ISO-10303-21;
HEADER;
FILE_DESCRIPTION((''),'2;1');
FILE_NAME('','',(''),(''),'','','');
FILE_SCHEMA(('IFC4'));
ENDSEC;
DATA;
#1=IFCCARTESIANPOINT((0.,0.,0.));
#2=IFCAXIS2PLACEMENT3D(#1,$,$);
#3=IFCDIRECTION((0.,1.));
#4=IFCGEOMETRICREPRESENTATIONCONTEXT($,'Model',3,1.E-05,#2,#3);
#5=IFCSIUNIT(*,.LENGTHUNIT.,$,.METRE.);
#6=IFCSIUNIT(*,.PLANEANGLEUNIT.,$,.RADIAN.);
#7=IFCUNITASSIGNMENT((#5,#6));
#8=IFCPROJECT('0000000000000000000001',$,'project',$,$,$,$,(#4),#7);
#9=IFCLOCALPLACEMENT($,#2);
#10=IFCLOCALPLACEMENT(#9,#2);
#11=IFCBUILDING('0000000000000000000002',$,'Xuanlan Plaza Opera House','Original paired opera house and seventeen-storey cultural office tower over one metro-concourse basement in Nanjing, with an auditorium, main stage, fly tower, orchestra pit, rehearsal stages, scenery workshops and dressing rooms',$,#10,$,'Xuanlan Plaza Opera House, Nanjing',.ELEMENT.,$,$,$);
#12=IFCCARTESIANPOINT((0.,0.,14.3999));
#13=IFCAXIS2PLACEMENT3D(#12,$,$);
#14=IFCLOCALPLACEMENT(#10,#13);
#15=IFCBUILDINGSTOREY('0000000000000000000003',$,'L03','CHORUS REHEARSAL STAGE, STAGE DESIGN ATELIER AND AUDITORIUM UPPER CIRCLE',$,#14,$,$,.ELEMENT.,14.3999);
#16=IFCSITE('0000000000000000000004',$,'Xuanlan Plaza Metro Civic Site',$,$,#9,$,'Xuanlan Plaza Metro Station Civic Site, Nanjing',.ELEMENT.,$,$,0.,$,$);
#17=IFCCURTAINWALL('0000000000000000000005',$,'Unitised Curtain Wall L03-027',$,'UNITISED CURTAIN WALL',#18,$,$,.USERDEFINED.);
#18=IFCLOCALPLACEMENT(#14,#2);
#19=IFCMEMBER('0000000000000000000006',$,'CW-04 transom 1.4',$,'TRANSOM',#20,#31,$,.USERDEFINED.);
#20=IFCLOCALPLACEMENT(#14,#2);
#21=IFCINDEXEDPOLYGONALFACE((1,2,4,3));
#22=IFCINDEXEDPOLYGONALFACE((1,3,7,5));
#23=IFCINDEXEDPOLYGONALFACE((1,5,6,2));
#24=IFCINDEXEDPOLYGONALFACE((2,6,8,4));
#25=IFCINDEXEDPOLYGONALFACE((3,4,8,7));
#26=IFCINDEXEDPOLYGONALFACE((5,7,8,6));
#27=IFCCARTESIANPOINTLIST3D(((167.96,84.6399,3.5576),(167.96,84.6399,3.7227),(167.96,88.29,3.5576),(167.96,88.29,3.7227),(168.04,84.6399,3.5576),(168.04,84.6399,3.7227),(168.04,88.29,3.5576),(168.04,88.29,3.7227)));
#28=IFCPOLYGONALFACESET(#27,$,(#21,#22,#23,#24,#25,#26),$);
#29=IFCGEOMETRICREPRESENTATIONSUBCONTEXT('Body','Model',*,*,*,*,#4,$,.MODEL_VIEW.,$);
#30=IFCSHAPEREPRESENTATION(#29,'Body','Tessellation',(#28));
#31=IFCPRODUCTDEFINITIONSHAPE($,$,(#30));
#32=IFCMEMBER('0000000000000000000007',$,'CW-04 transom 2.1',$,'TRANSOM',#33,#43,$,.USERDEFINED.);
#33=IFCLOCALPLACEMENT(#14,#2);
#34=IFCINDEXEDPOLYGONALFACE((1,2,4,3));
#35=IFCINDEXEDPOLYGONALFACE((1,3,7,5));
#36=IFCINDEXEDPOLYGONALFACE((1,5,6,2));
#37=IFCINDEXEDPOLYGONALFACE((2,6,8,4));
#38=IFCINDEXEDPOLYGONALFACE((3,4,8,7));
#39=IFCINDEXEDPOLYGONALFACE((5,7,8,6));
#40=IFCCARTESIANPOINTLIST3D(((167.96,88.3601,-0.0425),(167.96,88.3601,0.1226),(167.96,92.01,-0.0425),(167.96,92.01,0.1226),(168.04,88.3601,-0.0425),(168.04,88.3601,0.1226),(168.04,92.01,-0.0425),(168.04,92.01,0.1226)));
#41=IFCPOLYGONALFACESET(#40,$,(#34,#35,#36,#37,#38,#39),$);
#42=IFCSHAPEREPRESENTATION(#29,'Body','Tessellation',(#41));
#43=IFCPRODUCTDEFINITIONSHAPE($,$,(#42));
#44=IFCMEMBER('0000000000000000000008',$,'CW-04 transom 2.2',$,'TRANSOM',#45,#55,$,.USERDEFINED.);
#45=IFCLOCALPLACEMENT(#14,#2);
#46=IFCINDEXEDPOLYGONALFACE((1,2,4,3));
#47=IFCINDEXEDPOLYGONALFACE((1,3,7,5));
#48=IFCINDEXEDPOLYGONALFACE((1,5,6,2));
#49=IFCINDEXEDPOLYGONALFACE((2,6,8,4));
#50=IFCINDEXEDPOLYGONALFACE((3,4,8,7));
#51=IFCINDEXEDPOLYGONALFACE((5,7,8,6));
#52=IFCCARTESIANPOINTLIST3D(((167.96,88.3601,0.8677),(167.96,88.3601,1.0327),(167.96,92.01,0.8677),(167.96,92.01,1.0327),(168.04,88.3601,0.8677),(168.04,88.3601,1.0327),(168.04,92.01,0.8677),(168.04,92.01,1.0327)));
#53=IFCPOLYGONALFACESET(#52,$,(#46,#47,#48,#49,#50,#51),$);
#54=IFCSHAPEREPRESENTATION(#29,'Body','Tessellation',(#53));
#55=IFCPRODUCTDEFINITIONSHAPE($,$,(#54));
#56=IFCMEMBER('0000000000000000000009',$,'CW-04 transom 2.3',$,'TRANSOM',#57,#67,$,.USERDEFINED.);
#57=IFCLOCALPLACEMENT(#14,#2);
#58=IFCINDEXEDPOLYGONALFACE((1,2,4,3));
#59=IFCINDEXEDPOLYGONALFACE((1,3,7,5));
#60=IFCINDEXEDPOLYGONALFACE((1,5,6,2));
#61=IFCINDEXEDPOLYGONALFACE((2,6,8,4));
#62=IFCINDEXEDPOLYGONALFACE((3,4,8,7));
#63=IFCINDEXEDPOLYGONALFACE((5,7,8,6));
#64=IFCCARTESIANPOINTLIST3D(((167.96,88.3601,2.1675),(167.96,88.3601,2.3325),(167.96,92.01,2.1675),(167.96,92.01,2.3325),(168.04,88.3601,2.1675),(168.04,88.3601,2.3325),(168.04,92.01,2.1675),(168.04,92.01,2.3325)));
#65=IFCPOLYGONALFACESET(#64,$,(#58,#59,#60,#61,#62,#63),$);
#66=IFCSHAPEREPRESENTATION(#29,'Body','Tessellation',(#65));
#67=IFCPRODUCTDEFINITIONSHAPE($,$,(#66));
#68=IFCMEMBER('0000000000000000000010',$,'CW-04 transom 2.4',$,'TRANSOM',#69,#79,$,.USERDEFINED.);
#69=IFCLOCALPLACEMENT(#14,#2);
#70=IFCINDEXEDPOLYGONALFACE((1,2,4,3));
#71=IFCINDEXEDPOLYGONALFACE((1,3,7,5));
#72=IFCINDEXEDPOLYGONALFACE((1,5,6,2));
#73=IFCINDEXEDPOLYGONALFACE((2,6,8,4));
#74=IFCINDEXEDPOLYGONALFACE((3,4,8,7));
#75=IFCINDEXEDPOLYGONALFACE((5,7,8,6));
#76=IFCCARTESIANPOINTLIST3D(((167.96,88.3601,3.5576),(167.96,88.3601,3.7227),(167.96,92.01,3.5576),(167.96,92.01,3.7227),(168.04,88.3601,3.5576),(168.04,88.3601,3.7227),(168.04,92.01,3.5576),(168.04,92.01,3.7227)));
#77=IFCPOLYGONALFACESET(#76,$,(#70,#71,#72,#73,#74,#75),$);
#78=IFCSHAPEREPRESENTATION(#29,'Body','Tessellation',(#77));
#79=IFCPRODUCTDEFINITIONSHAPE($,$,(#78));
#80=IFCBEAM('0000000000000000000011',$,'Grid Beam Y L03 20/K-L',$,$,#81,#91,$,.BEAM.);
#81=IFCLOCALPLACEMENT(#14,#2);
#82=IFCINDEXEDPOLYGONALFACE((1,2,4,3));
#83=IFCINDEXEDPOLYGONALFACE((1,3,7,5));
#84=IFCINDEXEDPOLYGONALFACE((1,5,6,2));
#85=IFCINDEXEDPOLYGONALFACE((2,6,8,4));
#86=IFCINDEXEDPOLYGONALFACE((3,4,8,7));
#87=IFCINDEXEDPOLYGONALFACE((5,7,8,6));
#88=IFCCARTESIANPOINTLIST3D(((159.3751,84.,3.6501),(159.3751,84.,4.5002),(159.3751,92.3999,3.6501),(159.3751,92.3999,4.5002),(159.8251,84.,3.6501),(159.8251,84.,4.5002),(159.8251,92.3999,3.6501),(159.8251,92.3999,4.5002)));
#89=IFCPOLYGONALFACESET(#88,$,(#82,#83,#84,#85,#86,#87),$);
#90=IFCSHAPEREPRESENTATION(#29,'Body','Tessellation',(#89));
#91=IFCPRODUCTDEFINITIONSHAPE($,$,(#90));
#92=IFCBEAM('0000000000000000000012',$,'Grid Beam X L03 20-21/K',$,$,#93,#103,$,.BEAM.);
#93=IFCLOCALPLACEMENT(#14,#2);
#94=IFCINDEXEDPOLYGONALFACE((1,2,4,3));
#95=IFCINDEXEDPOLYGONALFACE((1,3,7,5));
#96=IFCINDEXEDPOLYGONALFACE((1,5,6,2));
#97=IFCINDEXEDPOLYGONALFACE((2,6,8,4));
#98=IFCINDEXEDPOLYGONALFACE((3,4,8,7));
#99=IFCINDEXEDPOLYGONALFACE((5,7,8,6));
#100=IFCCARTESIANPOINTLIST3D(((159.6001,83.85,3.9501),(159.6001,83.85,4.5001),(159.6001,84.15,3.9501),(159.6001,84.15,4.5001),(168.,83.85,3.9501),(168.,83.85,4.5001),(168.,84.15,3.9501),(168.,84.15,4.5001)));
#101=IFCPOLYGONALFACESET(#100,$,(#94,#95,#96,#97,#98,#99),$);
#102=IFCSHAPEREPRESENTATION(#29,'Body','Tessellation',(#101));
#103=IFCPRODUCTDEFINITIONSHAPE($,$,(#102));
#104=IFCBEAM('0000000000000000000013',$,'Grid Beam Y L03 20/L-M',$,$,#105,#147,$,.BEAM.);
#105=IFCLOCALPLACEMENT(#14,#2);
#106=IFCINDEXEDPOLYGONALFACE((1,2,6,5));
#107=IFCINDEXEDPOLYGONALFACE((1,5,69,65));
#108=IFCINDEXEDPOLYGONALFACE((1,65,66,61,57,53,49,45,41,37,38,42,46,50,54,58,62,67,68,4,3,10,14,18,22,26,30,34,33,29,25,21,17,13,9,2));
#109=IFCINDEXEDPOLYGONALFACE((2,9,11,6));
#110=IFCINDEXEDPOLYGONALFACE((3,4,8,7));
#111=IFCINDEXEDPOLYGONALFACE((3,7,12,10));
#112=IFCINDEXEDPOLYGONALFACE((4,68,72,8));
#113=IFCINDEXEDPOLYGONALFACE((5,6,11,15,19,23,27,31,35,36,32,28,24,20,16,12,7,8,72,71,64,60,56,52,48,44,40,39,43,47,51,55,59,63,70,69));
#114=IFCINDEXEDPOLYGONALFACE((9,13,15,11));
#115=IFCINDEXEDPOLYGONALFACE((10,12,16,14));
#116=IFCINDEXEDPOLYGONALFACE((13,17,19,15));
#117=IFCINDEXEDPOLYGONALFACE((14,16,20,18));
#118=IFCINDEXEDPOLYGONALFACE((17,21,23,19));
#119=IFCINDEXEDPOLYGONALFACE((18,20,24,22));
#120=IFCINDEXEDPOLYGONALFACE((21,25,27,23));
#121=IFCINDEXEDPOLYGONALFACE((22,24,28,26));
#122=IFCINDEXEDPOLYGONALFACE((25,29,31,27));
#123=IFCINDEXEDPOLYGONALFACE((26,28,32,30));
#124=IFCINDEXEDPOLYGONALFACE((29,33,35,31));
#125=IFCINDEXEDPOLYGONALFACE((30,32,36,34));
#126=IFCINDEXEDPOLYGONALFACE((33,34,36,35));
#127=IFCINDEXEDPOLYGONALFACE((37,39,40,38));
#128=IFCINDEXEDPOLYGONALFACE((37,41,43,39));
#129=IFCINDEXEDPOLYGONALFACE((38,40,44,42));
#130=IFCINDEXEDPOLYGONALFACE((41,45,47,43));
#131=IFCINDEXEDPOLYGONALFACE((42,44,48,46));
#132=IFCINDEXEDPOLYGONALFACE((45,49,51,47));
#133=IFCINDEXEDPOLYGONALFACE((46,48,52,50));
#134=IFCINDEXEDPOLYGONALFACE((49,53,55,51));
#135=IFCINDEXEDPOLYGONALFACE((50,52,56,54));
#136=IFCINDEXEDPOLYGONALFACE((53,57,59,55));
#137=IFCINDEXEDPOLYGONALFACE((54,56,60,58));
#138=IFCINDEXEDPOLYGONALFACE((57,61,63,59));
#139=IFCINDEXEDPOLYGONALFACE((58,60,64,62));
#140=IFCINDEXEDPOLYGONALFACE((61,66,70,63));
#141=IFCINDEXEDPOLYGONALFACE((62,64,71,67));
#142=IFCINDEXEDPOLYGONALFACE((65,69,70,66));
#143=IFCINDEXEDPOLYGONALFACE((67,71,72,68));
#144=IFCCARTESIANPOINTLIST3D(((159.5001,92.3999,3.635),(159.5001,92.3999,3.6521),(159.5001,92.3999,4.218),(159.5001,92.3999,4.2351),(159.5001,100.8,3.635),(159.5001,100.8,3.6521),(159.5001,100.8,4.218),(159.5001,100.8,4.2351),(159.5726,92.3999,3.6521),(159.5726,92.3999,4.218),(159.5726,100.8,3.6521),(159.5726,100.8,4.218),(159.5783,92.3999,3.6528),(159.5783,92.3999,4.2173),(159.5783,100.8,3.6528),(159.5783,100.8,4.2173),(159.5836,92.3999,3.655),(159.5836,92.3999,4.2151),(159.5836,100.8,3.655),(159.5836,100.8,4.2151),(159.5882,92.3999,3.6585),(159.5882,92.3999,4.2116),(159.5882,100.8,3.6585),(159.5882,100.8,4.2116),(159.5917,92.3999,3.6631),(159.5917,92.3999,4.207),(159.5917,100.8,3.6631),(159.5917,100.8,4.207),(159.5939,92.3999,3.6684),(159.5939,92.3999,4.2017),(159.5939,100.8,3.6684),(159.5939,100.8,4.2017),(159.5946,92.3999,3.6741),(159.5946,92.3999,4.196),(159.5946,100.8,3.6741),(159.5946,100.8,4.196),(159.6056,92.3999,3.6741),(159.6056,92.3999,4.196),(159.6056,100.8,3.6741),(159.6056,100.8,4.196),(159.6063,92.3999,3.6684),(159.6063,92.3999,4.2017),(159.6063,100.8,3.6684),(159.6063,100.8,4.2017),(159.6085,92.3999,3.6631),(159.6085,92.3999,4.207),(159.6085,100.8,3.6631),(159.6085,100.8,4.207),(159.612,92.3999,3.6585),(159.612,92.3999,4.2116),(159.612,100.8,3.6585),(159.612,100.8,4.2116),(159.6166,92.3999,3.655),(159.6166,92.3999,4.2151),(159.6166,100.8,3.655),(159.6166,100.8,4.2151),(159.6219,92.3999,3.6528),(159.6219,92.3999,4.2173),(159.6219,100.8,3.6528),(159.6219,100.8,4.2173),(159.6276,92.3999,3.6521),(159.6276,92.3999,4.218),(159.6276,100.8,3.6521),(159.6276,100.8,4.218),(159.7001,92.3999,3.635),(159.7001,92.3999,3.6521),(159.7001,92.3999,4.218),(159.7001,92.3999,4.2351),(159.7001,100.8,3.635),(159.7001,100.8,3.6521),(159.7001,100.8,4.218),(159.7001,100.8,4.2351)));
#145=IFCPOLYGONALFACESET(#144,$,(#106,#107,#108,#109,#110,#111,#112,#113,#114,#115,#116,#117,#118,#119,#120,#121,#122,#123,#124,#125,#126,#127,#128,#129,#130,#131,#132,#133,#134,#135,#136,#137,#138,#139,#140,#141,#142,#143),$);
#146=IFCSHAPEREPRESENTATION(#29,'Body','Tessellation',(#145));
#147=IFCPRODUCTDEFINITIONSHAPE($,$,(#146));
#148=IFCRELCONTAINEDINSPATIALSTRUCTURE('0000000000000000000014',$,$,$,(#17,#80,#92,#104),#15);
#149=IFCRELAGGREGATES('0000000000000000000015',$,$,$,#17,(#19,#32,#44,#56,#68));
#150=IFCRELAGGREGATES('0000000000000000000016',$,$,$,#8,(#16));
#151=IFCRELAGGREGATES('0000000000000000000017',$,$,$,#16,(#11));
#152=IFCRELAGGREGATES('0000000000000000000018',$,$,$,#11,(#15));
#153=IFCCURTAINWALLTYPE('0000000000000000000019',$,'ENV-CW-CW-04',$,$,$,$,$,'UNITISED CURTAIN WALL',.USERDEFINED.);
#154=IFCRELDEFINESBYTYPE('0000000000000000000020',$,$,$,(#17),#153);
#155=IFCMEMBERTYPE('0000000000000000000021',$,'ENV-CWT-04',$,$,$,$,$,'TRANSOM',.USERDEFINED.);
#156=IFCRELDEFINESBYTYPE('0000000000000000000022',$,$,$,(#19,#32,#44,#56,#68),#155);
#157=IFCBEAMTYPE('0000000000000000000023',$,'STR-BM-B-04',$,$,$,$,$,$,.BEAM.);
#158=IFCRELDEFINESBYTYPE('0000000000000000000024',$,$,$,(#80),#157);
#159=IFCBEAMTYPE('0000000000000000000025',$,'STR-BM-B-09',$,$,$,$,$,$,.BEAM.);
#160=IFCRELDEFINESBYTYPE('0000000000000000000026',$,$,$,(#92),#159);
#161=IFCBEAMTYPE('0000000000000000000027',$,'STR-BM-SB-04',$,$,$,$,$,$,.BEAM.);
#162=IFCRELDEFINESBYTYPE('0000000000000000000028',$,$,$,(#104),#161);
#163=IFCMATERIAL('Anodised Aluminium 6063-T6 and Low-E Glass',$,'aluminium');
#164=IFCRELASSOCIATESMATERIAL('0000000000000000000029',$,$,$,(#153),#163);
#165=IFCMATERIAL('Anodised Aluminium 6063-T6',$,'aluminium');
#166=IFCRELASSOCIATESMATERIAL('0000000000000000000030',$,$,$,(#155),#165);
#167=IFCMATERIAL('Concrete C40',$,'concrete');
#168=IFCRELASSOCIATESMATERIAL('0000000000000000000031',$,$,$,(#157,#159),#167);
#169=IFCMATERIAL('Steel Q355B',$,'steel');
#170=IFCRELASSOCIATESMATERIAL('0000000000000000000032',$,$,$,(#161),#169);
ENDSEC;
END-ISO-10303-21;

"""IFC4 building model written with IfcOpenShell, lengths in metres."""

from ifc_helpers import new_model, si_unit, direction, frame, origin, origin_2d, place, context, subcontext, project, spatial, rectangle, i_section, extrude, material, material_profile, profile_set, type_object, element, aggregate, save


model = new_model("IFC4")

# Units and contexts
model_context = context("Model", 3, precision=1e-05, world=origin(), true_north=direction((0.0, 1.0)))
body_context = subcontext(model_context, "Body", "Model", "MODEL_VIEW")
ifc_project = project(units=[si_unit("LENGTHUNIT", "METRE"), si_unit("PLANEANGLEUNIT", "RADIAN")], contexts=[model_context])

# Site, building, storey
site_placement = place(None, origin())
site = spatial("IfcSite", under=ifc_project, at=site_placement, Name="Xuanlan Plaza Metro Civic Site", LongName="Xuanlan Plaza Metro Station Civic Site, Nanjing", CompositionType="ELEMENT", RefElevation=0.0)
building_placement = place(site_placement, origin())
building = spatial("IfcBuilding", under=site, at=building_placement, Name="Xuanlan Plaza Opera House", Description="Original paired opera house and seventeen-storey cultural office tower over one metro-concourse basement in Nanjing, with an auditorium, main stage, fly tower, orchestra pit, rehearsal stages, scenery workshops and dressing rooms", LongName="Xuanlan Plaza Opera House, Nanjing", CompositionType="ELEMENT")
storey_placement = place(building_placement, frame((0.0, 0.0, 14.3999)))
storey = spatial("IfcBuildingStorey", under=building, at=storey_placement, Name="L03", Description="CHORUS REHEARSAL STAGE, STAGE DESIGN ATELIER AND AUDITORIUM UPPER CIRCLE", CompositionType="ELEMENT", Elevation=14.3999)

# Shared definitions
ifc_material_1 = material(Name="Concrete C40", Category="concrete")
ifc_material_2 = material(Name="Steel Q355B", Category="steel")

# Curtain wall
ifc_material_3 = material(Name="Anodised Aluminium 6063-T6 and Low-E Glass", Category="aluminium")
curtain_wall_type_1 = type_object("IfcCurtainWallType", Name="ENV-CW-CW-04", ElementType="UNITISED CURTAIN WALL", PredefinedType="USERDEFINED", material=ifc_material_3)
curtain_wall_1_placement = place(storey_placement, origin())
curtain_wall_1 = element("IfcCurtainWall", 1, at=curtain_wall_1_placement, inside=storey, type_object=curtain_wall_type_1, Name="Unitised Curtain Wall L03-027", ObjectType="UNITISED CURTAIN WALL", PredefinedType="USERDEFINED")
ifc_material_4 = material(Name="Anodised Aluminium 6063-T6", Category="aluminium")

# Members
ifc_material_profile_1 = material_profile(ifc_material_4, rectangle(XDim=0.0801, YDim=0.165, at=origin_2d()), Name="ALU-T 80x165")
ifc_profile_set_1 = profile_set([ifc_material_profile_1], Name="Anodised Aluminium 6063-T6")
member_type_1 = type_object("IfcMemberType", Name="ENV-CWT-04", ElementType="TRANSOM", PredefinedType="USERDEFINED", material=ifc_profile_set_1)
member_1_placement = place(storey_placement, frame((168.0, 84.6399, 3.6401), z_axis=(0.0, 1.0, 0.0), x_axis=(-1.0, 0.0, 0.0)))
member_1 = element("IfcMember", 2, at=member_1_placement, type_object=member_type_1, Name="CW-04 transom 1.4", ObjectType="TRANSOM", PredefinedType="USERDEFINED", context=body_context, shape_type="SweptSolid", body=[
    extrude(rectangle(XDim=0.0801, YDim=0.165, at=origin_2d()), origin(), (0.0, 0.0, 1.0), 3.6501),
])
member_2_placement = place(storey_placement, frame((168.0, 88.3601, 0.04), z_axis=(0.0, 1.0, 0.0), x_axis=(-1.0, 0.0, 0.0)))
member_2 = element("IfcMember", 3, at=member_2_placement, type_object=member_type_1, Name="CW-04 transom 2.1", ObjectType="TRANSOM", PredefinedType="USERDEFINED", context=body_context, shape_type="SweptSolid", body=[
    extrude(rectangle(XDim=0.0801, YDim=0.165, at=origin_2d()), origin(), (0.0, 0.0, 1.0), 3.6499),
])
member_3_placement = place(storey_placement, frame((168.0, 88.3601, 0.9502), z_axis=(0.0, 1.0, 0.0), x_axis=(-1.0, 0.0, 0.0)))
member_3 = element("IfcMember", 4, at=member_3_placement, type_object=member_type_1, Name="CW-04 transom 2.2", ObjectType="TRANSOM", PredefinedType="USERDEFINED", context=body_context, shape_type="SweptSolid", body=[
    extrude(rectangle(XDim=0.0801, YDim=0.165, at=origin_2d()), origin(), (0.0, 0.0, 1.0), 3.6499),
])
member_4_placement = place(storey_placement, frame((168.0, 88.3601, 2.25), z_axis=(0.0, 1.0, 0.0), x_axis=(-1.0, 0.0, 0.0)))
member_4 = element("IfcMember", 5, at=member_4_placement, type_object=member_type_1, Name="CW-04 transom 2.3", ObjectType="TRANSOM", PredefinedType="USERDEFINED", context=body_context, shape_type="SweptSolid", body=[
    extrude(rectangle(XDim=0.0801, YDim=0.165, at=origin_2d()), origin(), (0.0, 0.0, 1.0), 3.6499),
])
member_5_placement = place(storey_placement, frame((168.0, 88.3601, 3.6401), z_axis=(0.0, 1.0, 0.0), x_axis=(-1.0, 0.0, 0.0)))
member_5 = element("IfcMember", 6, at=member_5_placement, type_object=member_type_1, Name="CW-04 transom 2.4", ObjectType="TRANSOM", PredefinedType="USERDEFINED", context=body_context, shape_type="SweptSolid", body=[
    extrude(rectangle(XDim=0.0801, YDim=0.165, at=origin_2d()), origin(), (0.0, 0.0, 1.0), 3.6499),
])

# Beams
ifc_material_profile_2 = material_profile(ifc_material_1, rectangle(XDim=0.45, YDim=0.8501, at=origin_2d()), Name="RC-BM 450x850")
ifc_profile_set_2 = profile_set([ifc_material_profile_2], Name="Concrete C40")
beam_type_1 = type_object("IfcBeamType", Name="STR-BM-B-04", PredefinedType="BEAM", material=ifc_profile_set_2)
beam_1_placement = place(storey_placement, frame((159.6001, 84.0, 4.0752), z_axis=(0.0, 1.0, 0.0), x_axis=(-1.0, 0.0, 0.0)))
element("IfcBeam", 7, at=beam_1_placement, inside=storey, type_object=beam_type_1, Name="Grid Beam Y L03 20/K-L", PredefinedType="BEAM", context=body_context, shape_type="SweptSolid", body=[
    extrude(rectangle(XDim=0.45, YDim=0.8501, at=origin_2d()), origin(), (0.0, 0.0, 1.0), 8.3999),
])
ifc_material_profile_3 = material_profile(ifc_material_1, rectangle(XDim=0.3, YDim=0.55, at=origin_2d()), Name="RC-BM 300x550")
ifc_profile_set_3 = profile_set([ifc_material_profile_3], Name="Concrete C40")
beam_type_2 = type_object("IfcBeamType", Name="STR-BM-B-09", PredefinedType="BEAM", material=ifc_profile_set_3)
beam_2_placement = place(storey_placement, frame((159.6001, 84.0, 4.2251), z_axis=(1.0, 0.0, 0.0), x_axis=(0.0, 1.0, 0.0)))
element("IfcBeam", 8, at=beam_2_placement, inside=storey, type_object=beam_type_2, Name="Grid Beam X L03 20-21/K", PredefinedType="BEAM", context=body_context, shape_type="SweptSolid", body=[
    extrude(rectangle(XDim=0.3, YDim=0.55, at=origin_2d()), origin(), (0.0, 0.0, 1.0), 8.3999),
])
ifc_material_profile_4 = material_profile(ifc_material_2, i_section(OverallWidth=0.2, OverallDepth=0.6001, WebThickness=0.011, FlangeThickness=0.0171, FilletRadius=0.022, at=origin_2d()), Name="HN 600x200x11x17")
ifc_profile_set_4 = profile_set([ifc_material_profile_4], Name="Steel Q355B")
beam_type_3 = type_object("IfcBeamType", Name="STR-BM-SB-04", PredefinedType="BEAM", material=ifc_profile_set_4)
beam_3_placement = place(storey_placement, frame((159.6001, 92.3999, 3.9351), z_axis=(0.0, 1.0, 0.0), x_axis=(-1.0, 0.0, 0.0)))
element("IfcBeam", 9, at=beam_3_placement, inside=storey, type_object=beam_type_3, Name="Grid Beam Y L03 20/L-M", PredefinedType="BEAM", context=body_context, shape_type="SweptSolid", body=[
    extrude(i_section(OverallWidth=0.2, OverallDepth=0.6001, WebThickness=0.011, FlangeThickness=0.0171, FilletRadius=0.022, at=origin_2d()), origin(), (0.0, 0.0, 1.0), 8.4001),
])

aggregate(curtain_wall_1, [member_1, member_2, member_3, member_4, member_5])

save(model, "model.ifc")
